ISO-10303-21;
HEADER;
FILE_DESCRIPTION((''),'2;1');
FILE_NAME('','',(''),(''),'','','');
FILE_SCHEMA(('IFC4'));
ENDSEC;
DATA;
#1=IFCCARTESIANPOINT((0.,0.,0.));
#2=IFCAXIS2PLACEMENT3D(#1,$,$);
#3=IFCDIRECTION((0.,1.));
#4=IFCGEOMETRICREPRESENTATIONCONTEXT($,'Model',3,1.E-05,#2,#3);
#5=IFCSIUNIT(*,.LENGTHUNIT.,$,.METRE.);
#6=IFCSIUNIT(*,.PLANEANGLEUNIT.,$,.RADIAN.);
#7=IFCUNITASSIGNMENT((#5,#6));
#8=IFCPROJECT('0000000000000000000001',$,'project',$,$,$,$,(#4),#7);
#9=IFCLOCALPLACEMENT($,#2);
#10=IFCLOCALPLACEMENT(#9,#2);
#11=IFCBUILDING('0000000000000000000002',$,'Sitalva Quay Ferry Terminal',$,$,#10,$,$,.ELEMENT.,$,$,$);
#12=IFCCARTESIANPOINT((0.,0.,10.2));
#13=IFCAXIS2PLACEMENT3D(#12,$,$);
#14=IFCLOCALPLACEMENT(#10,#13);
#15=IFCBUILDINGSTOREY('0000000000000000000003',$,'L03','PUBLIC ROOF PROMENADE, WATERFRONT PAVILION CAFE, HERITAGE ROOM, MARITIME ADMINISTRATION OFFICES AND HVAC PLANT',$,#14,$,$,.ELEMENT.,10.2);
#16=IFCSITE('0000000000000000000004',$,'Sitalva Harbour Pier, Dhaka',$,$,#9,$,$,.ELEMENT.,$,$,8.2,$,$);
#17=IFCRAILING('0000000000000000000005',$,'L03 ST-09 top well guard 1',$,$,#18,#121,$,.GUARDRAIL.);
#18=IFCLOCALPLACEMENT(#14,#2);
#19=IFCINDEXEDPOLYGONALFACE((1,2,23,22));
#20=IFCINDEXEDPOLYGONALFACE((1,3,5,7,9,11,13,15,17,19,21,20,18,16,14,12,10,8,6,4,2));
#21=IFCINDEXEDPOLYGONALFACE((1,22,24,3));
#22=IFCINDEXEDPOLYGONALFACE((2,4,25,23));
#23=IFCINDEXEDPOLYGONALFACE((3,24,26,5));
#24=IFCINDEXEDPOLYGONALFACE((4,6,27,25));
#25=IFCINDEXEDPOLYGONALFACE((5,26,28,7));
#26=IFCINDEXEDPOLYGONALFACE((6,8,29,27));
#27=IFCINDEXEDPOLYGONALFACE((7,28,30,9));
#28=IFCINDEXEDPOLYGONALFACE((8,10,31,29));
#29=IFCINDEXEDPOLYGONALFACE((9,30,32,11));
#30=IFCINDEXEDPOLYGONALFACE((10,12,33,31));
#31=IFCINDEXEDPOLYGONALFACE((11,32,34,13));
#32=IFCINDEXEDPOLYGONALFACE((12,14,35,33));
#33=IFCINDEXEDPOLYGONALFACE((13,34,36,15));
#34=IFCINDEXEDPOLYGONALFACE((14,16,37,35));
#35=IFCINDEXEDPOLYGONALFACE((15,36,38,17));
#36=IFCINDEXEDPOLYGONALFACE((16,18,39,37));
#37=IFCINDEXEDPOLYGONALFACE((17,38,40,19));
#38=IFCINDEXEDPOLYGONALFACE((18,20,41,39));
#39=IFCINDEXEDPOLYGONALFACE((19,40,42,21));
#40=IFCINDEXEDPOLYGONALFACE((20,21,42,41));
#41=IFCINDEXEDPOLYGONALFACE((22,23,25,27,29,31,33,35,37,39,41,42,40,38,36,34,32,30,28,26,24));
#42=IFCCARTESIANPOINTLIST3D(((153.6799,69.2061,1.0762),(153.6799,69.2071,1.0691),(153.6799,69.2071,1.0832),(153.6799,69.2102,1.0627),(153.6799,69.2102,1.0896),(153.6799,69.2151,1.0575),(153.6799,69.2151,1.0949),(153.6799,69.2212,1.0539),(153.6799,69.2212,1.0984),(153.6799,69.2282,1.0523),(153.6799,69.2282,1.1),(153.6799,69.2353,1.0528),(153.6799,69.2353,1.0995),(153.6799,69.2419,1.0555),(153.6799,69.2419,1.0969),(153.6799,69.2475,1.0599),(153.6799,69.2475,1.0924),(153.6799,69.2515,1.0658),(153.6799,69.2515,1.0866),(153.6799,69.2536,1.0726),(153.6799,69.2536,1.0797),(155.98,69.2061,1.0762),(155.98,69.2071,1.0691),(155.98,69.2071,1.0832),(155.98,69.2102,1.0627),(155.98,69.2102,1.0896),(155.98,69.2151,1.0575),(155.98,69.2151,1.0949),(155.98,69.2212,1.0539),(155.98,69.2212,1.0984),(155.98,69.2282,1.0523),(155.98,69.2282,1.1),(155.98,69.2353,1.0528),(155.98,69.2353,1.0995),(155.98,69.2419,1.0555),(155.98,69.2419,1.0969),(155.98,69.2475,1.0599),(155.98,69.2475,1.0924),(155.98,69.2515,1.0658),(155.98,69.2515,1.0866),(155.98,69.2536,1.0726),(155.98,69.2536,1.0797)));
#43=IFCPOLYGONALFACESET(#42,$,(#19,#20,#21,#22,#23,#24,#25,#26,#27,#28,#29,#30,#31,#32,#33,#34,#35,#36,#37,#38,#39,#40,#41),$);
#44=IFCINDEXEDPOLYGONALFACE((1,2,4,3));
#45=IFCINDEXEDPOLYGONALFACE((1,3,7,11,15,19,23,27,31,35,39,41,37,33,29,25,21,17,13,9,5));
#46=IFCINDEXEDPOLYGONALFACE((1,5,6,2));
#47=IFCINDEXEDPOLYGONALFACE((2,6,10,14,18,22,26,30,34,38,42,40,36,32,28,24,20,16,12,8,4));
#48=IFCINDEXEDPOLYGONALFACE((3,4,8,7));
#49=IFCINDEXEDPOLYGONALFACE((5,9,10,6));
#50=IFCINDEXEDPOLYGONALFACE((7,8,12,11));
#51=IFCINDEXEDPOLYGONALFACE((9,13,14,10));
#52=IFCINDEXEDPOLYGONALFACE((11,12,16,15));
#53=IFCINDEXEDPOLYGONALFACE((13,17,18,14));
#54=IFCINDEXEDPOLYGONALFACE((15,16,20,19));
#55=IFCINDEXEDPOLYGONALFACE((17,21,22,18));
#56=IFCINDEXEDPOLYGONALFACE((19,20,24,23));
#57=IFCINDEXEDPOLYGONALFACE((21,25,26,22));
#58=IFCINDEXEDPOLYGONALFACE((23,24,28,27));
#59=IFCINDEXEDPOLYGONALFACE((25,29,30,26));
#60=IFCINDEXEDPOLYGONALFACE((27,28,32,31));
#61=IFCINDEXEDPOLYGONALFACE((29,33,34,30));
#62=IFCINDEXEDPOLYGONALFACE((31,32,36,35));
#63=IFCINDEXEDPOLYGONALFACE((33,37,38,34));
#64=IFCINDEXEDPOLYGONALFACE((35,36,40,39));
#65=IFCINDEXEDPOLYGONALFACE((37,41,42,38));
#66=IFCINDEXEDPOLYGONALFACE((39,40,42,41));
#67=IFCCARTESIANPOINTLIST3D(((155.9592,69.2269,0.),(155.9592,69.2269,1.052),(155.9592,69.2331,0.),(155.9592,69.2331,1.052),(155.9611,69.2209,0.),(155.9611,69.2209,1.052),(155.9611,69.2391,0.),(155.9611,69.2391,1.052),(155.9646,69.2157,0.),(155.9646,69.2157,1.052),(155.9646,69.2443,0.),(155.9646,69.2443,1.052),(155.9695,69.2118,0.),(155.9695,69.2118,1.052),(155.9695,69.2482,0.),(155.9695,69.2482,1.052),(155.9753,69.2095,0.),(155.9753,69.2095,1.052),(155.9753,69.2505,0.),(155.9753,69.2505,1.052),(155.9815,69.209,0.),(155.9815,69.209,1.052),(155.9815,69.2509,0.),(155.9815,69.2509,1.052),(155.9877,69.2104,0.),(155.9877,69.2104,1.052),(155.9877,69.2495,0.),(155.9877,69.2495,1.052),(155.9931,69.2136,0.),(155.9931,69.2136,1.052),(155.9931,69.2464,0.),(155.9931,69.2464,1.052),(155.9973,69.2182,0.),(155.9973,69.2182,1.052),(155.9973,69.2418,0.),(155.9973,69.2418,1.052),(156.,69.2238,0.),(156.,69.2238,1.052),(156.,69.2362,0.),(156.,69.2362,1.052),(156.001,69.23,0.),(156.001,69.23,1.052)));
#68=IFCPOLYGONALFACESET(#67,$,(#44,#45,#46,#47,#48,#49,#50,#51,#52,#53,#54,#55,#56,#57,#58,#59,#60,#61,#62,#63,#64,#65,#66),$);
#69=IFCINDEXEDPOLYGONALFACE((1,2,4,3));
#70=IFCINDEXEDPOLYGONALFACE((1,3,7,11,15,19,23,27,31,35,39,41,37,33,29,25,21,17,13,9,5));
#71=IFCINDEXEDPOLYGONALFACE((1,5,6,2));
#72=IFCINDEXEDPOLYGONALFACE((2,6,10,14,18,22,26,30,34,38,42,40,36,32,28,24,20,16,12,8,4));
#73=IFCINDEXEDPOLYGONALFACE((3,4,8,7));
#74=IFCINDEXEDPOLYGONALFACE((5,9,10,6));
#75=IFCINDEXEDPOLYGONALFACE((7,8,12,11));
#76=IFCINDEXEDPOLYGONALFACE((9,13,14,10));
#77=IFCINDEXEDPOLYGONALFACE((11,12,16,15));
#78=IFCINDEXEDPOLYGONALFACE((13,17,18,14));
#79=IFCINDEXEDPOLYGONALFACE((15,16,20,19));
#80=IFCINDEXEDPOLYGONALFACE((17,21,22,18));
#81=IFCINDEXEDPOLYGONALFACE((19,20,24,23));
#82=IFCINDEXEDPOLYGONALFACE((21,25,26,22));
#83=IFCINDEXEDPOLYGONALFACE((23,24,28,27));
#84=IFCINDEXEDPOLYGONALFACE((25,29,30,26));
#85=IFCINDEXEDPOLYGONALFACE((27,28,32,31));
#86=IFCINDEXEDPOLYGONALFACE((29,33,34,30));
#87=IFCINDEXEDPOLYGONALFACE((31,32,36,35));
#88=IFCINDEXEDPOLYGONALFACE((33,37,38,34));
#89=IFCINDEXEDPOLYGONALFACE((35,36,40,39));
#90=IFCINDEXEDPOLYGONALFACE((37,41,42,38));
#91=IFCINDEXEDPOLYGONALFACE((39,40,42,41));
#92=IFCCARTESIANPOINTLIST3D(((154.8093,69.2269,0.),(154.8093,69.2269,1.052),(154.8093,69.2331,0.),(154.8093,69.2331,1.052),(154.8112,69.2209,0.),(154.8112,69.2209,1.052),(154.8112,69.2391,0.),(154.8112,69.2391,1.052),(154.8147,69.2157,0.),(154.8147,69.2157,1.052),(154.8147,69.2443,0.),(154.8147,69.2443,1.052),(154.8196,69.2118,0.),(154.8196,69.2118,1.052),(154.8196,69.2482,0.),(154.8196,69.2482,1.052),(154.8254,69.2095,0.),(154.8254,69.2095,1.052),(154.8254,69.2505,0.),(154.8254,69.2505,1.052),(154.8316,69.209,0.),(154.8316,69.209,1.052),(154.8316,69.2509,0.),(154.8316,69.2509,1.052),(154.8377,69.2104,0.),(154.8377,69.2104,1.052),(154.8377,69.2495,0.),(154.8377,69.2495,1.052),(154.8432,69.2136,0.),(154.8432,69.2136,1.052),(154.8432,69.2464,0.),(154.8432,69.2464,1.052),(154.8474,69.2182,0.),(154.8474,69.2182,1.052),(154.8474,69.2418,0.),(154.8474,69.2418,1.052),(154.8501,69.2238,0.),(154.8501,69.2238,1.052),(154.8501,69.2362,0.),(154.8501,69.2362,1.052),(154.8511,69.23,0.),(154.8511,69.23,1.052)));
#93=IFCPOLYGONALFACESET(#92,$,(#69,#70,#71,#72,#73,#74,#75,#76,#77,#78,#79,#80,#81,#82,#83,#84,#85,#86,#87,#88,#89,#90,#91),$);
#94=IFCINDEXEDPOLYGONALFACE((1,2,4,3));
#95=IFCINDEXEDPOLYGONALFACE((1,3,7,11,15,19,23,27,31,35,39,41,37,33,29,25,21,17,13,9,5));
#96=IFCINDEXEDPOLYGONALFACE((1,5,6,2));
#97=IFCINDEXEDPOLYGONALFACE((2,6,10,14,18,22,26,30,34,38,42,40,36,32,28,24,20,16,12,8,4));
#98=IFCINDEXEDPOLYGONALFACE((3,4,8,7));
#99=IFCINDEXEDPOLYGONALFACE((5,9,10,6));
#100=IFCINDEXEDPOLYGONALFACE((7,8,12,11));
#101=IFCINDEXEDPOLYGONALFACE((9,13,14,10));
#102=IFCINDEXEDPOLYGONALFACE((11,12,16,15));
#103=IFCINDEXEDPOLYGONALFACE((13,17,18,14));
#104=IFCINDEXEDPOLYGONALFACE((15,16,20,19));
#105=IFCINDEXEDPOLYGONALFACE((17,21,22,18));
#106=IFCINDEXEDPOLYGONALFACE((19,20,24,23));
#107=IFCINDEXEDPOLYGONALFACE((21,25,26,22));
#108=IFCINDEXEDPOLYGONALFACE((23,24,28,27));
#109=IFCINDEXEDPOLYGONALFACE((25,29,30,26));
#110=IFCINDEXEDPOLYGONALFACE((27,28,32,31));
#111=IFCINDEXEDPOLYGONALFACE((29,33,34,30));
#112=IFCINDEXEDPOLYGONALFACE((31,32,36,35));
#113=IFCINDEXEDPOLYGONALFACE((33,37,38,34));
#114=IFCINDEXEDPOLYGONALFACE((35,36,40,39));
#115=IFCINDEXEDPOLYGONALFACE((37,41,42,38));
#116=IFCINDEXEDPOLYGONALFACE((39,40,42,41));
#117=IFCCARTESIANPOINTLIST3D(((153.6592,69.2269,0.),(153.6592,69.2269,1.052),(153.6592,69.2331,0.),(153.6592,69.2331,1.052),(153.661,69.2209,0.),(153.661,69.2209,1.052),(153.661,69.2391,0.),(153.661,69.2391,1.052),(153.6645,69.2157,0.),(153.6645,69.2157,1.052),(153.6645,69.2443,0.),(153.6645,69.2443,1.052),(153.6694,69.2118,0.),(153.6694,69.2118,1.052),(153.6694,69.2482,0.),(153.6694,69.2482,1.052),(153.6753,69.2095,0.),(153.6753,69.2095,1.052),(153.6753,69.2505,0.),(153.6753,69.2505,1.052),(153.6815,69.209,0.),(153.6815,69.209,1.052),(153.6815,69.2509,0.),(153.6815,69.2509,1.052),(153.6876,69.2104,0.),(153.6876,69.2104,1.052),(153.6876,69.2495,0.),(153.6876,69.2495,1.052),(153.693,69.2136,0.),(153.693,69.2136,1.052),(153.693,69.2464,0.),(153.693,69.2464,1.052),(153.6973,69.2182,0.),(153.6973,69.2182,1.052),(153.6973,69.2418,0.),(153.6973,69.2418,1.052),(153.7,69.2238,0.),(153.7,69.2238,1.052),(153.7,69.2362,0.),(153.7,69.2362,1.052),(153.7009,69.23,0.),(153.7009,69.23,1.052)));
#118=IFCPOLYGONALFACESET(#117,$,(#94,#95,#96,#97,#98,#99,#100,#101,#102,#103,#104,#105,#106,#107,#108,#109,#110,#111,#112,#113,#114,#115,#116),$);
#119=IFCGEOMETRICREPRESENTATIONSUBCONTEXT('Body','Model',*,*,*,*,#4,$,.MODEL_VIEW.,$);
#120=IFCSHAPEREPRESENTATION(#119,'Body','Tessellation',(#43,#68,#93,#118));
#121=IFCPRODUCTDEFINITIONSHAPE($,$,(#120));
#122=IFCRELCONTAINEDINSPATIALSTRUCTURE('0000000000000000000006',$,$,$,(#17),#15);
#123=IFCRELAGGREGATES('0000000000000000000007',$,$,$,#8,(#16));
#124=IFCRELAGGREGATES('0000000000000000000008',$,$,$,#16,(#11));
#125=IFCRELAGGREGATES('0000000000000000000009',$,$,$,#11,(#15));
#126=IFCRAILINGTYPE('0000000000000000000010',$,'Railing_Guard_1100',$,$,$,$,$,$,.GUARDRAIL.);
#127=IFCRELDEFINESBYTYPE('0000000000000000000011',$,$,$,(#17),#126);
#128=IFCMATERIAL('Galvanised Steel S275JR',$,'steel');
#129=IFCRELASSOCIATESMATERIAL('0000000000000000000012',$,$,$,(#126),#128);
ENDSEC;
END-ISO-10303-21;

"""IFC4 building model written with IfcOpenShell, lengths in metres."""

from ifc_helpers import new_model, si_unit, direction, frame, origin, origin_2d, place, context, subcontext, project, spatial, circle, extrude, material, type_object, element, save


model = new_model("IFC4")

# Units and contexts
model_context = context("Model", 3, precision=1e-05, world=origin(), true_north=direction((0.0, 1.0)))
body_context = subcontext(model_context, "Body", "Model", "MODEL_VIEW")
ifc_project = project(units=[si_unit("LENGTHUNIT", "METRE"), si_unit("PLANEANGLEUNIT", "RADIAN")], contexts=[model_context])

# Site, building, storey
site_placement = place(None, origin())
site = spatial("IfcSite", under=ifc_project, at=site_placement, Name="Sitalva Harbour Pier, Dhaka", CompositionType="ELEMENT", RefElevation=8.2)
building_placement = place(site_placement, origin())
building = spatial("IfcBuilding", under=site, at=building_placement, Name="Sitalva Quay Ferry Terminal", CompositionType="ELEMENT")
storey_placement = place(building_placement, frame((0.0, 0.0, 10.2)))
storey = spatial("IfcBuildingStorey", under=building, at=storey_placement, Name="L03", Description="PUBLIC ROOF PROMENADE, WATERFRONT PAVILION CAFE, HERITAGE ROOM, MARITIME ADMINISTRATION OFFICES AND HVAC PLANT", CompositionType="ELEMENT", Elevation=10.2)

# Railing
ifc_material_1 = material(Name="Galvanised Steel S275JR", Category="steel")
railing_type = type_object("IfcRailingType", Name="Railing_Guard_1100", PredefinedType="GUARDRAIL", material=ifc_material_1)
railing_placement = place(storey_placement, frame((155.98, 69.23, 0.0)))
element("IfcRailing", 1, at=railing_placement, inside=storey, type_object=railing_type, Name="L03 ST-09 top well guard 1", PredefinedType="GUARDRAIL", context=body_context, shape_type="SweptSolid", body=[
    extrude(circle(Radius=0.0239, at=origin_2d()), frame((0.0, 0.0, 1.0762), z_axis=(-1.0, 0.0, 0.0), x_axis=(0.0, -1.0, 0.0)), (0.0, 0.0, 1.0), 2.3),
    extrude(circle(Radius=0.021, at=origin_2d()), origin(), (0.0, 0.0, 1.0), 1.052),
    extrude(circle(Radius=0.021, at=origin_2d()), frame((-1.1499, 0.0, 0.0)), (0.0, 0.0, 1.0), 1.052),
    extrude(circle(Radius=0.021, at=origin_2d()), frame((-2.3, 0.0, 0.0)), (0.0, 0.0, 1.0), 1.052),
])

save(model, "model.ifc")
